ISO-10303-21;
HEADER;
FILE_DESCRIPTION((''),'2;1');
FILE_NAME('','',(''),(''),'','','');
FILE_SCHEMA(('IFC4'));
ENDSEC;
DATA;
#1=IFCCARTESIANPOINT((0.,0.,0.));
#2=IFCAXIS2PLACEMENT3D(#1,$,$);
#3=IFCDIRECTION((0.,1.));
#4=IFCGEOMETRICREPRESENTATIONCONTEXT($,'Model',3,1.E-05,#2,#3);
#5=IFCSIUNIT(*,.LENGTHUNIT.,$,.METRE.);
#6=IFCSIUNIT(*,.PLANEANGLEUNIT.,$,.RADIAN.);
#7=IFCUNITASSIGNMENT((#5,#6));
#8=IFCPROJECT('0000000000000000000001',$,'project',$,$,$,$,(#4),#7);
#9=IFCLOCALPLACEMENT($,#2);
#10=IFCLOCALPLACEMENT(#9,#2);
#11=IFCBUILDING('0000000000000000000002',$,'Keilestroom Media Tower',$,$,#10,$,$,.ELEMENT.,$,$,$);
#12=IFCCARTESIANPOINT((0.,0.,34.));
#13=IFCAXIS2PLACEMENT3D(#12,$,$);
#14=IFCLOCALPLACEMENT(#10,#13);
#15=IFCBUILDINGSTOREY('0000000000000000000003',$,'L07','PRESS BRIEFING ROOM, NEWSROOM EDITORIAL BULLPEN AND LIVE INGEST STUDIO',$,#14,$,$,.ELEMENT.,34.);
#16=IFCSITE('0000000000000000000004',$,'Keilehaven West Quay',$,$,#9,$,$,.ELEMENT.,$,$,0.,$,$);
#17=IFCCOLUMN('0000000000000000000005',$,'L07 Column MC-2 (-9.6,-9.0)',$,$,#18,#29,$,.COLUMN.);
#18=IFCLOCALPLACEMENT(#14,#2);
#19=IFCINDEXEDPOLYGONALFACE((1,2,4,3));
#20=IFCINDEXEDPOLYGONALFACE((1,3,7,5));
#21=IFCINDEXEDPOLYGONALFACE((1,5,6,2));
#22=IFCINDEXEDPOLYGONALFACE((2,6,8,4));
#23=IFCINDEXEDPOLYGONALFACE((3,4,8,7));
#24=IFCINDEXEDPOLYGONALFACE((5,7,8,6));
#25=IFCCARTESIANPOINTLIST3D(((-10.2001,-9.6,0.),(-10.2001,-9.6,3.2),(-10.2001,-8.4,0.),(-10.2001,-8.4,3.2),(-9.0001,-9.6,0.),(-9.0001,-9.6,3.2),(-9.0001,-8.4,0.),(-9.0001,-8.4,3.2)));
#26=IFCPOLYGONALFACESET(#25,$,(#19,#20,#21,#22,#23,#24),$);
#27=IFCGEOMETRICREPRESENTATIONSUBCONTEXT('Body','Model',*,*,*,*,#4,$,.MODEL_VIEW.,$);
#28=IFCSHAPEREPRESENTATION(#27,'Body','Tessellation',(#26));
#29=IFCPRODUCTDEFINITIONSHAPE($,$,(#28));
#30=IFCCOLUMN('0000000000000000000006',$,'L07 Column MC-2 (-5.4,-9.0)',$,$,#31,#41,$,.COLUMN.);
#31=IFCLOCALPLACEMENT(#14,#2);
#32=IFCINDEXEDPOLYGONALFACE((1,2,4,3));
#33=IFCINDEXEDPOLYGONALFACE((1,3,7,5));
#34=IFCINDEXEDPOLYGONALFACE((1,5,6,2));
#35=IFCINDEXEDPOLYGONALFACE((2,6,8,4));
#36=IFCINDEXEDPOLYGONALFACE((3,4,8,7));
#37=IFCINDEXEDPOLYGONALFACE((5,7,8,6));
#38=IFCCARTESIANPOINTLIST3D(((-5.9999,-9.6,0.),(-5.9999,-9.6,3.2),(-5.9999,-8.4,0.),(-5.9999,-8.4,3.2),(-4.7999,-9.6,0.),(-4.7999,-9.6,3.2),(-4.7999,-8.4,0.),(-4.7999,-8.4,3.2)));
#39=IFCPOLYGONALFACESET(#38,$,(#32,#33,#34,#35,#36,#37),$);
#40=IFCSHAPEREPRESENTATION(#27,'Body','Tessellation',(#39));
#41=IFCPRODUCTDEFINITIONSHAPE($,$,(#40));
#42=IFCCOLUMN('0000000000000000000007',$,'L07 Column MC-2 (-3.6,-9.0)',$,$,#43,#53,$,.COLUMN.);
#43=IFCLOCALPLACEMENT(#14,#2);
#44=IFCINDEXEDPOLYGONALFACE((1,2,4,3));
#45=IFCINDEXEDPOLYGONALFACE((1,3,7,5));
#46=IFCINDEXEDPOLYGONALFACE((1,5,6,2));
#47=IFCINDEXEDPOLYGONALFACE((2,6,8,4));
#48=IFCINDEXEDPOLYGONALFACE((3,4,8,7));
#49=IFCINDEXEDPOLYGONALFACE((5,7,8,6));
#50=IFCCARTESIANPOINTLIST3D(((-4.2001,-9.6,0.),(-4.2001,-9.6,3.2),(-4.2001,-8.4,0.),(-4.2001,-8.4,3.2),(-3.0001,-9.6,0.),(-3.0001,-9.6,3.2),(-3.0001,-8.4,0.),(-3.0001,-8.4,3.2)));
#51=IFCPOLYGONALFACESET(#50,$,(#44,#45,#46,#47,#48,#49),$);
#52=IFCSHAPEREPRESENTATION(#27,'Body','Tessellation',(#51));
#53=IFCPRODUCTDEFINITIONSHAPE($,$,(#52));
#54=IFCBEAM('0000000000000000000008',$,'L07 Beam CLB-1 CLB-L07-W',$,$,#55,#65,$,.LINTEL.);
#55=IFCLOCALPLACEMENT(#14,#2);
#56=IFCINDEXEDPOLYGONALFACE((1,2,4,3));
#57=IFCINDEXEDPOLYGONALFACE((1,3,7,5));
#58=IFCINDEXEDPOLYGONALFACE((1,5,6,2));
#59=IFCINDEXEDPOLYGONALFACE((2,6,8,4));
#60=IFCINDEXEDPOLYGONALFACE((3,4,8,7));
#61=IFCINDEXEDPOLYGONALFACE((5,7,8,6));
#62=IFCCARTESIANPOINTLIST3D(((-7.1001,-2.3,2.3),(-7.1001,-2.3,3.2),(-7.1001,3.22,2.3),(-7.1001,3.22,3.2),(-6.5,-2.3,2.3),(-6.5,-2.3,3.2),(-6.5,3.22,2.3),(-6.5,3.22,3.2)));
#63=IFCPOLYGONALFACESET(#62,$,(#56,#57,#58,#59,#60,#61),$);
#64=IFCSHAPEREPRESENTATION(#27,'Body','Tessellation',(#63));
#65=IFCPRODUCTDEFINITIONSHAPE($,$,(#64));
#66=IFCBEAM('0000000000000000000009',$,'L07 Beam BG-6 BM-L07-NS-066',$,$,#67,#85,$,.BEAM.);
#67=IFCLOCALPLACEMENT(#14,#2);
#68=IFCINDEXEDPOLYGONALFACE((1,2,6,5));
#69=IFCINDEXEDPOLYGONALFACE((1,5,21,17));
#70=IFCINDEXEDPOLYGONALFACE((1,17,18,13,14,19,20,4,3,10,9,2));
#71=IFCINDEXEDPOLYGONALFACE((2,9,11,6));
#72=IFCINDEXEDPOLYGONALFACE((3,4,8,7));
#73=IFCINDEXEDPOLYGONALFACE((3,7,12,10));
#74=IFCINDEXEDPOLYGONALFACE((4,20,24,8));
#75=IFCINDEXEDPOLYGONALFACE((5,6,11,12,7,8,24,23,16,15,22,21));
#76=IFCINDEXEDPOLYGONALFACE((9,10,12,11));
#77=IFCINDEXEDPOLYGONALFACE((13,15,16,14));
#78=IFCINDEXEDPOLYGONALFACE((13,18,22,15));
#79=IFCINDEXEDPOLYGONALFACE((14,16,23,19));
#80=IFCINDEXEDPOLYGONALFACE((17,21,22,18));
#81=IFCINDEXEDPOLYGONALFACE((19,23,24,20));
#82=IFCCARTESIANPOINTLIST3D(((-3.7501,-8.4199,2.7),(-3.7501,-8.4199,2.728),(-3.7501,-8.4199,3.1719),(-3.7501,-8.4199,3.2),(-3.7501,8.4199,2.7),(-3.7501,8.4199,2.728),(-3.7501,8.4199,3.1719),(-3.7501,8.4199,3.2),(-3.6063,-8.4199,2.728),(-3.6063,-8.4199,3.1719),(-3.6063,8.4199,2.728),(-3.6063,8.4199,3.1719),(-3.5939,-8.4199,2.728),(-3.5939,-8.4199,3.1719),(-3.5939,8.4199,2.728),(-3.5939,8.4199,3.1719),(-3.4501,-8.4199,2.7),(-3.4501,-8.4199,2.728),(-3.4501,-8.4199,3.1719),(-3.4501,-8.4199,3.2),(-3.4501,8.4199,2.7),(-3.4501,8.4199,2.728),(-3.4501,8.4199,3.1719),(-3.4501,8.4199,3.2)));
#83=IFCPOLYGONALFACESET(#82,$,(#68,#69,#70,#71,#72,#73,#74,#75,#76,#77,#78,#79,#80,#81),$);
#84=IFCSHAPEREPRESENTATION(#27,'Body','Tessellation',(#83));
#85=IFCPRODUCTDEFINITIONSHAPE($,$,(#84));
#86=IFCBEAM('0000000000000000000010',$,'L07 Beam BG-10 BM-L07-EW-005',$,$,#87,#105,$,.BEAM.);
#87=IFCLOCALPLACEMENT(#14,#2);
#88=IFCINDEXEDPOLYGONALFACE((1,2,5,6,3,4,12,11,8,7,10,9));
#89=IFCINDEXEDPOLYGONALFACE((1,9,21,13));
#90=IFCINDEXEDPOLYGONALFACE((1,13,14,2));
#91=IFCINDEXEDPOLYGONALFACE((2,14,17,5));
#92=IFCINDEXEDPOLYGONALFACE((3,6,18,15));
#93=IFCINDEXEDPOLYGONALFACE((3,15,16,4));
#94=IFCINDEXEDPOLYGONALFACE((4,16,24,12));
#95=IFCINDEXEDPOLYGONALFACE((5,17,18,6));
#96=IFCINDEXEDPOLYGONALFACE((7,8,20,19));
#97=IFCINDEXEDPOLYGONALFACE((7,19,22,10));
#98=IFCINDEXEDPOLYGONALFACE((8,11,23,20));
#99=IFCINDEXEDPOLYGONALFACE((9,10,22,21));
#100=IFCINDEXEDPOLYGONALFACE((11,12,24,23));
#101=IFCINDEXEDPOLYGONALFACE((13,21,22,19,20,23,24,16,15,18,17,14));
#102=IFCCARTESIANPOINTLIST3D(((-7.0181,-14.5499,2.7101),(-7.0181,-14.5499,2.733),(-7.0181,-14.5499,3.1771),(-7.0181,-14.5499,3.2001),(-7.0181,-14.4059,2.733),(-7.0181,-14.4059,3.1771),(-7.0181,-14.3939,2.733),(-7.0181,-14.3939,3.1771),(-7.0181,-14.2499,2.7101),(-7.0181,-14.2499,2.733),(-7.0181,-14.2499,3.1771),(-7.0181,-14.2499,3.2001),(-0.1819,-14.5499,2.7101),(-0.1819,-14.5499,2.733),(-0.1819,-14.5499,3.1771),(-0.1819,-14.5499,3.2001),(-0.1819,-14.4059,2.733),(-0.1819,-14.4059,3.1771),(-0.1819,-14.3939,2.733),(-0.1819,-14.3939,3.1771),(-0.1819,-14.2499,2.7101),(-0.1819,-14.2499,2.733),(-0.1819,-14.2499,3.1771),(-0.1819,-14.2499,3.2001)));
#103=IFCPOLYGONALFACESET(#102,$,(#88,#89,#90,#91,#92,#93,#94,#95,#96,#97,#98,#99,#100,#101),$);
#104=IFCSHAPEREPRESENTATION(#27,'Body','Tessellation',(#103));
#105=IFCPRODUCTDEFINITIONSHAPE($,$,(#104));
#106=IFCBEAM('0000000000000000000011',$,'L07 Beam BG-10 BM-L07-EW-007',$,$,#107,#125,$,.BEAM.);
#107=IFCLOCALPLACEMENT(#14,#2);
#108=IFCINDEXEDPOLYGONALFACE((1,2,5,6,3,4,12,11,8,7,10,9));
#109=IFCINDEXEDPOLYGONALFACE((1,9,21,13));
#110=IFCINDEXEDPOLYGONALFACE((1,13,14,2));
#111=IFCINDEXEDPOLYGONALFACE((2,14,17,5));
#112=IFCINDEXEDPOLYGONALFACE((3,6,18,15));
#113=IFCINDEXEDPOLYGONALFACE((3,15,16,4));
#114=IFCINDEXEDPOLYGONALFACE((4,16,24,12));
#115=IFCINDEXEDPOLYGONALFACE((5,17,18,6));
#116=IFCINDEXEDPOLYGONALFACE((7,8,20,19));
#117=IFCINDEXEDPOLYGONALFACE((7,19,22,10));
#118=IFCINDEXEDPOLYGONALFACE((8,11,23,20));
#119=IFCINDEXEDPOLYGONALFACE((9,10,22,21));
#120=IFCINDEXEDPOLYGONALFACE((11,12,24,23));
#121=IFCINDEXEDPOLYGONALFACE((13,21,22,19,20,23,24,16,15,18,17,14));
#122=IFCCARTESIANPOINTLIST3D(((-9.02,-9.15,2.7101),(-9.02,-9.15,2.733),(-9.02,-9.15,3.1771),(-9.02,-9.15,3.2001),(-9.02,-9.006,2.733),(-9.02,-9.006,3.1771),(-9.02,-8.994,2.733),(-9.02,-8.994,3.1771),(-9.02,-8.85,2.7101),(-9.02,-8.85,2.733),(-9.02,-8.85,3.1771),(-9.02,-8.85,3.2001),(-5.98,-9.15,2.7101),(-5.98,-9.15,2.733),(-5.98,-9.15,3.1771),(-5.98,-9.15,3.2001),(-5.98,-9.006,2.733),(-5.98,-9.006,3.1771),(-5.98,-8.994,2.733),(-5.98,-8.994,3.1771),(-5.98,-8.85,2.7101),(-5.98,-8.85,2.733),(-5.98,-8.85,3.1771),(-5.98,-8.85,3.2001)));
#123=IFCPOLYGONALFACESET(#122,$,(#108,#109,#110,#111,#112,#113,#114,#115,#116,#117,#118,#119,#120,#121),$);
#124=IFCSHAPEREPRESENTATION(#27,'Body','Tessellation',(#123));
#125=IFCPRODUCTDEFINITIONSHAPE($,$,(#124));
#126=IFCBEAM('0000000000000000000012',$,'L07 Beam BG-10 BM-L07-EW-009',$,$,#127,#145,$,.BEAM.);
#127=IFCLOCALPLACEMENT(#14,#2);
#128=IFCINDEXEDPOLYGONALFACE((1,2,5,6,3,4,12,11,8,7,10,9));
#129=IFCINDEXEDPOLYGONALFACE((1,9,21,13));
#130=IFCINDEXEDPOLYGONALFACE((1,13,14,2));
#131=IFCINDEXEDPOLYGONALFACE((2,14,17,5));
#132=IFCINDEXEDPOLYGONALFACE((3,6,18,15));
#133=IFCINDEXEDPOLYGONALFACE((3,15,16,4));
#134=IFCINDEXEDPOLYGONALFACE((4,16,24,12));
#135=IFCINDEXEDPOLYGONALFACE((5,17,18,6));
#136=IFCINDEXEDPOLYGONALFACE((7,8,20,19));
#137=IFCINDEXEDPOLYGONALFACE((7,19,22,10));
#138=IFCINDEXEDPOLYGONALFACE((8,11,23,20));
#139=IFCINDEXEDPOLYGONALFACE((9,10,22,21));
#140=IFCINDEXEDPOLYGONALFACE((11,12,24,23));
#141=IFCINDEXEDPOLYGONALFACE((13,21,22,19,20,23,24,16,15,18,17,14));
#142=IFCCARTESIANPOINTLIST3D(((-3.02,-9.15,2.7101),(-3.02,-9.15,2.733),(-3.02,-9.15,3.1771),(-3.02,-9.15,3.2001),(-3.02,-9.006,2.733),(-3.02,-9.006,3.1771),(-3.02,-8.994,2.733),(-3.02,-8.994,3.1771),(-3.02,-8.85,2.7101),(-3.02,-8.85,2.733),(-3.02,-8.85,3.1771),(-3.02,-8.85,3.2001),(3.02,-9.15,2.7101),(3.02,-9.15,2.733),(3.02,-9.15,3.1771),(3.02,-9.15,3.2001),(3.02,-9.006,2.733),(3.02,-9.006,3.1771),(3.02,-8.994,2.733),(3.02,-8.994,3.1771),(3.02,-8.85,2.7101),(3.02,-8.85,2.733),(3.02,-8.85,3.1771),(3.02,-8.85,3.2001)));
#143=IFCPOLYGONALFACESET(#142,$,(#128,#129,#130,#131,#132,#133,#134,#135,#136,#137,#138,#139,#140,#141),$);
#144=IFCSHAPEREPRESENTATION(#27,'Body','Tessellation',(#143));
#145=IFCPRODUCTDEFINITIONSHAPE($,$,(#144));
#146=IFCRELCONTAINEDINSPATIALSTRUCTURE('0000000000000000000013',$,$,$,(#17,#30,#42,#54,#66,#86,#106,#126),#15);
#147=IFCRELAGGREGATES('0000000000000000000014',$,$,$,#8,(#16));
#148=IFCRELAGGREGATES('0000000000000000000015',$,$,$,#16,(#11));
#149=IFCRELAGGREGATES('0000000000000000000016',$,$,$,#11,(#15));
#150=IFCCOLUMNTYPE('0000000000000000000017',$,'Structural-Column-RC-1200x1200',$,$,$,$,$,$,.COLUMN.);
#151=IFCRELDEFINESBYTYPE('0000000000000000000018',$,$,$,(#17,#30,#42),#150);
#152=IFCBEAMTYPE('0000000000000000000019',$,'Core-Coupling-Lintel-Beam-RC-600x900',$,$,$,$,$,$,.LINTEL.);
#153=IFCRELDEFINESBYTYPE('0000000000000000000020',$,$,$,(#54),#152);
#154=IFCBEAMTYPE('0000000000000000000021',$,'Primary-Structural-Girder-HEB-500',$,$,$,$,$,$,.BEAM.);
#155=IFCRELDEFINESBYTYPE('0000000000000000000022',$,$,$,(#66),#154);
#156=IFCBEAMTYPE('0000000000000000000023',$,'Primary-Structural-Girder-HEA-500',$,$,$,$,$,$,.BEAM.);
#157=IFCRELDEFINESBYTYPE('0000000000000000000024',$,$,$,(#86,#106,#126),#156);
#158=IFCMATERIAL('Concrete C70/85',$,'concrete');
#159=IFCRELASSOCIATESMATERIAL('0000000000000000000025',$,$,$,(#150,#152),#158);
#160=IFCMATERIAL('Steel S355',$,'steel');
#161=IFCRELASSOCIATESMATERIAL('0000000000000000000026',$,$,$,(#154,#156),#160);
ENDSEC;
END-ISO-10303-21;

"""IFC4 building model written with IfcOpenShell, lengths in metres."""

from ifc_helpers import new_model, si_unit, direction, frame, origin, origin_2d, place, context, subcontext, project, spatial, rectangle, i_section, extrude, source, transform, mapped, material, material_profile, profile_set, type_object, element, save


model = new_model("IFC4")

# Units and contexts
model_context = context("Model", 3, precision=1e-05, world=origin(), true_north=direction((0.0, 1.0)))
body_context = subcontext(model_context, "Body", "Model", "MODEL_VIEW")
ifc_project = project(units=[si_unit("LENGTHUNIT", "METRE"), si_unit("PLANEANGLEUNIT", "RADIAN")], contexts=[model_context])

# Site, building, storey
site_placement = place(None, origin())
site = spatial("IfcSite", under=ifc_project, at=site_placement, Name="Keilehaven West Quay", CompositionType="ELEMENT", RefElevation=0.0)
building_placement = place(site_placement, origin())
building = spatial("IfcBuilding", under=site, at=building_placement, Name="Keilestroom Media Tower", CompositionType="ELEMENT")
storey_placement = place(building_placement, frame((0.0, 0.0, 34.0)))
storey = spatial("IfcBuildingStorey", under=building, at=storey_placement, Name="L07", Description="PRESS BRIEFING ROOM, NEWSROOM EDITORIAL BULLPEN AND LIVE INGEST STUDIO", CompositionType="ELEMENT", Elevation=34.0)

# Columns
ifc_material_1 = material(Name="Concrete C70/85", Category="concrete")
ifc_material_profile_1 = material_profile(ifc_material_1, rectangle(XDim=1.2, YDim=1.2, at=origin_2d()), Name="RC 1200x1200")
ifc_profile_set_1 = profile_set([ifc_material_profile_1], Name="Concrete C70/85")
column_type = type_object("IfcColumnType", Name="Structural-Column-RC-1200x1200", PredefinedType="COLUMN", material=ifc_profile_set_1)
shared_shape_1 = source(origin(), body_context, "Body", "SweptSolid", [
    extrude(rectangle(XDim=1.2, YDim=1.2, at=origin_2d()), origin(), (0.0, 0.0, 1.0), 3.2),
])
for number, where, z_axis, x_axis, name in (
    (1, (-9.6001, -9.0, 0.0), (0.0, 0.0, 1.0), (1.0, 0.0, 0.0), "L07 Column MC-2 (-9.6,-9.0)"),
    (2, (-5.3999, -9.0, 0.0), (0.0, 0.0, 1.0), (1.0, 0.0, 0.0), "L07 Column MC-2 (-5.4,-9.0)"),
    (3, (-3.6001, -9.0, 0.0), (0.0, 0.0, 1.0), (1.0, 0.0, 0.0), "L07 Column MC-2 (-3.6,-9.0)"),
):
    element("IfcColumn", number, at=place(storey_placement, frame(where, z_axis=z_axis, x_axis=x_axis)), inside=storey, type_object=column_type, Name=name, PredefinedType="COLUMN", context=body_context, shape_type="MappedRepresentation", body=[
        mapped(shared_shape_1, transform((0.0, 0.0, 0.0), x_axis=(1.0, 0.0, 0.0), y_axis=(0.0, 1.0, 0.0), z_axis=(0.0, 0.0, 1.0), scale=1.0)),
    ])

# Beams
ifc_material_profile_2 = material_profile(ifc_material_1, rectangle(XDim=0.6001, YDim=0.8999, at=origin_2d()), Name="RC 600x900")
ifc_profile_set_2 = profile_set([ifc_material_profile_2], Name="Concrete C70/85")
beam_type_1 = type_object("IfcBeamType", Name="Core-Coupling-Lintel-Beam-RC-600x900", PredefinedType="LINTEL", material=ifc_profile_set_2)
shared_shape_2 = source(origin(), body_context, "Body", "SweptSolid", [
    extrude(rectangle(XDim=0.6001, YDim=0.8999, at=origin_2d()), origin(), (0.0, 0.0, 1.0), 5.52),
])
beam_1_placement = place(storey_placement, frame((-6.8, -2.3, 2.75), z_axis=(0.0, 1.0, 0.0), x_axis=(-1.0, 0.0, 0.0)))
element("IfcBeam", 4, at=beam_1_placement, inside=storey, type_object=beam_type_1, Name="L07 Beam CLB-1 CLB-L07-W", PredefinedType="LINTEL", context=body_context, shape_type="MappedRepresentation", body=[
    mapped(shared_shape_2, transform((0.0, 0.0, 0.0), x_axis=(1.0, 0.0, 0.0), y_axis=(0.0, 1.0, 0.0), z_axis=(0.0, 0.0, 1.0), scale=1.0)),
])
ifc_material_2 = material(Name="Steel S355", Category="steel")
ifc_material_profile_3 = material_profile(ifc_material_2, i_section(OverallWidth=0.3, OverallDepth=0.5, WebThickness=0.0125, FlangeThickness=0.0281, at=origin_2d()), Name="HEB 500")
ifc_profile_set_3 = profile_set([ifc_material_profile_3], Name="Steel S355")
beam_type_2 = type_object("IfcBeamType", Name="Primary-Structural-Girder-HEB-500", PredefinedType="BEAM", material=ifc_profile_set_3)
shared_shape_3 = source(origin(), body_context, "Body", "SweptSolid", [
    extrude(i_section(OverallWidth=0.3, OverallDepth=0.5, WebThickness=0.0125, FlangeThickness=0.0281, at=origin_2d()), origin(), (0.0, 0.0, 1.0), 16.8398),
])
beam_2_placement = place(storey_placement, frame((-3.6001, -8.4199, 2.95), z_axis=(0.0, 1.0, 0.0), x_axis=(-1.0, 0.0, 0.0)))
element("IfcBeam", 5, at=beam_2_placement, inside=storey, type_object=beam_type_2, Name="L07 Beam BG-6 BM-L07-NS-066", PredefinedType="BEAM", context=body_context, shape_type="MappedRepresentation", body=[
    mapped(shared_shape_3, transform((0.0, 0.0, 0.0), x_axis=(1.0, 0.0, 0.0), y_axis=(0.0, 1.0, 0.0), z_axis=(0.0, 0.0, 1.0), scale=1.0)),
])
ifc_material_profile_4 = material_profile(ifc_material_2, i_section(OverallWidth=0.3, OverallDepth=0.49, WebThickness=0.012, FlangeThickness=0.0229, at=origin_2d()), Name="HEA 500")
ifc_profile_set_4 = profile_set([ifc_material_profile_4], Name="Steel S355")
beam_type_3 = type_object("IfcBeamType", Name="Primary-Structural-Girder-HEA-500", PredefinedType="BEAM", material=ifc_profile_set_4)
shared_shape_4 = source(origin(), body_context, "Body", "SweptSolid", [
    extrude(i_section(OverallWidth=0.3, OverallDepth=0.49, WebThickness=0.012, FlangeThickness=0.0229, at=origin_2d()), origin(), (0.0, 0.0, 1.0), 6.8362),
])
beam_3_placement = place(storey_placement, frame((-7.0181, -14.3999, 2.9551), z_axis=(1.0, 0.0, 0.0), x_axis=(0.0, 1.0, 0.0)))
element("IfcBeam", 6, at=beam_3_placement, inside=storey, type_object=beam_type_3, Name="L07 Beam BG-10 BM-L07-EW-005", PredefinedType="BEAM", context=body_context, shape_type="MappedRepresentation", body=[
    mapped(shared_shape_4, transform((0.0, 0.0, 0.0), x_axis=(1.0, 0.0, 0.0), y_axis=(0.0, 1.0, 0.0), z_axis=(0.0, 0.0, 1.0), scale=1.0)),
])
shared_shape_5 = source(origin(), body_context, "Body", "SweptSolid", [
    extrude(i_section(OverallWidth=0.3, OverallDepth=0.49, WebThickness=0.012, FlangeThickness=0.0229, at=origin_2d()), origin(), (0.0, 0.0, 1.0), 3.04),
])
beam_4_placement = place(storey_placement, frame((-9.02, -9.0, 2.9551), z_axis=(1.0, 0.0, 0.0), x_axis=(0.0, 1.0, 0.0)))
element("IfcBeam", 7, at=beam_4_placement, inside=storey, type_object=beam_type_3, Name="L07 Beam BG-10 BM-L07-EW-007", PredefinedType="BEAM", context=body_context, shape_type="MappedRepresentation", body=[
    mapped(shared_shape_5, transform((0.0, 0.0, 0.0), x_axis=(1.0, 0.0, 0.0), y_axis=(0.0, 1.0, 0.0), z_axis=(0.0, 0.0, 1.0), scale=1.0)),
])
shared_shape_6 = source(origin(), body_context, "Body", "SweptSolid", [
    extrude(i_section(OverallWidth=0.3, OverallDepth=0.49, WebThickness=0.012, FlangeThickness=0.0229, at=origin_2d()), origin(), (0.0, 0.0, 1.0), 6.04),
])
beam_5_placement = place(storey_placement, frame((-3.02, -9.0, 2.9551), z_axis=(1.0, 0.0, 0.0), x_axis=(0.0, 1.0, 0.0)))
element("IfcBeam", 8, at=beam_5_placement, inside=storey, type_object=beam_type_3, Name="L07 Beam BG-10 BM-L07-EW-009", PredefinedType="BEAM", context=body_context, shape_type="MappedRepresentation", body=[
    mapped(shared_shape_6, transform((0.0, 0.0, 0.0), x_axis=(1.0, 0.0, 0.0), y_axis=(0.0, 1.0, 0.0), z_axis=(0.0, 0.0, 1.0), scale=1.0)),
])

save(model, "model.ifc")
